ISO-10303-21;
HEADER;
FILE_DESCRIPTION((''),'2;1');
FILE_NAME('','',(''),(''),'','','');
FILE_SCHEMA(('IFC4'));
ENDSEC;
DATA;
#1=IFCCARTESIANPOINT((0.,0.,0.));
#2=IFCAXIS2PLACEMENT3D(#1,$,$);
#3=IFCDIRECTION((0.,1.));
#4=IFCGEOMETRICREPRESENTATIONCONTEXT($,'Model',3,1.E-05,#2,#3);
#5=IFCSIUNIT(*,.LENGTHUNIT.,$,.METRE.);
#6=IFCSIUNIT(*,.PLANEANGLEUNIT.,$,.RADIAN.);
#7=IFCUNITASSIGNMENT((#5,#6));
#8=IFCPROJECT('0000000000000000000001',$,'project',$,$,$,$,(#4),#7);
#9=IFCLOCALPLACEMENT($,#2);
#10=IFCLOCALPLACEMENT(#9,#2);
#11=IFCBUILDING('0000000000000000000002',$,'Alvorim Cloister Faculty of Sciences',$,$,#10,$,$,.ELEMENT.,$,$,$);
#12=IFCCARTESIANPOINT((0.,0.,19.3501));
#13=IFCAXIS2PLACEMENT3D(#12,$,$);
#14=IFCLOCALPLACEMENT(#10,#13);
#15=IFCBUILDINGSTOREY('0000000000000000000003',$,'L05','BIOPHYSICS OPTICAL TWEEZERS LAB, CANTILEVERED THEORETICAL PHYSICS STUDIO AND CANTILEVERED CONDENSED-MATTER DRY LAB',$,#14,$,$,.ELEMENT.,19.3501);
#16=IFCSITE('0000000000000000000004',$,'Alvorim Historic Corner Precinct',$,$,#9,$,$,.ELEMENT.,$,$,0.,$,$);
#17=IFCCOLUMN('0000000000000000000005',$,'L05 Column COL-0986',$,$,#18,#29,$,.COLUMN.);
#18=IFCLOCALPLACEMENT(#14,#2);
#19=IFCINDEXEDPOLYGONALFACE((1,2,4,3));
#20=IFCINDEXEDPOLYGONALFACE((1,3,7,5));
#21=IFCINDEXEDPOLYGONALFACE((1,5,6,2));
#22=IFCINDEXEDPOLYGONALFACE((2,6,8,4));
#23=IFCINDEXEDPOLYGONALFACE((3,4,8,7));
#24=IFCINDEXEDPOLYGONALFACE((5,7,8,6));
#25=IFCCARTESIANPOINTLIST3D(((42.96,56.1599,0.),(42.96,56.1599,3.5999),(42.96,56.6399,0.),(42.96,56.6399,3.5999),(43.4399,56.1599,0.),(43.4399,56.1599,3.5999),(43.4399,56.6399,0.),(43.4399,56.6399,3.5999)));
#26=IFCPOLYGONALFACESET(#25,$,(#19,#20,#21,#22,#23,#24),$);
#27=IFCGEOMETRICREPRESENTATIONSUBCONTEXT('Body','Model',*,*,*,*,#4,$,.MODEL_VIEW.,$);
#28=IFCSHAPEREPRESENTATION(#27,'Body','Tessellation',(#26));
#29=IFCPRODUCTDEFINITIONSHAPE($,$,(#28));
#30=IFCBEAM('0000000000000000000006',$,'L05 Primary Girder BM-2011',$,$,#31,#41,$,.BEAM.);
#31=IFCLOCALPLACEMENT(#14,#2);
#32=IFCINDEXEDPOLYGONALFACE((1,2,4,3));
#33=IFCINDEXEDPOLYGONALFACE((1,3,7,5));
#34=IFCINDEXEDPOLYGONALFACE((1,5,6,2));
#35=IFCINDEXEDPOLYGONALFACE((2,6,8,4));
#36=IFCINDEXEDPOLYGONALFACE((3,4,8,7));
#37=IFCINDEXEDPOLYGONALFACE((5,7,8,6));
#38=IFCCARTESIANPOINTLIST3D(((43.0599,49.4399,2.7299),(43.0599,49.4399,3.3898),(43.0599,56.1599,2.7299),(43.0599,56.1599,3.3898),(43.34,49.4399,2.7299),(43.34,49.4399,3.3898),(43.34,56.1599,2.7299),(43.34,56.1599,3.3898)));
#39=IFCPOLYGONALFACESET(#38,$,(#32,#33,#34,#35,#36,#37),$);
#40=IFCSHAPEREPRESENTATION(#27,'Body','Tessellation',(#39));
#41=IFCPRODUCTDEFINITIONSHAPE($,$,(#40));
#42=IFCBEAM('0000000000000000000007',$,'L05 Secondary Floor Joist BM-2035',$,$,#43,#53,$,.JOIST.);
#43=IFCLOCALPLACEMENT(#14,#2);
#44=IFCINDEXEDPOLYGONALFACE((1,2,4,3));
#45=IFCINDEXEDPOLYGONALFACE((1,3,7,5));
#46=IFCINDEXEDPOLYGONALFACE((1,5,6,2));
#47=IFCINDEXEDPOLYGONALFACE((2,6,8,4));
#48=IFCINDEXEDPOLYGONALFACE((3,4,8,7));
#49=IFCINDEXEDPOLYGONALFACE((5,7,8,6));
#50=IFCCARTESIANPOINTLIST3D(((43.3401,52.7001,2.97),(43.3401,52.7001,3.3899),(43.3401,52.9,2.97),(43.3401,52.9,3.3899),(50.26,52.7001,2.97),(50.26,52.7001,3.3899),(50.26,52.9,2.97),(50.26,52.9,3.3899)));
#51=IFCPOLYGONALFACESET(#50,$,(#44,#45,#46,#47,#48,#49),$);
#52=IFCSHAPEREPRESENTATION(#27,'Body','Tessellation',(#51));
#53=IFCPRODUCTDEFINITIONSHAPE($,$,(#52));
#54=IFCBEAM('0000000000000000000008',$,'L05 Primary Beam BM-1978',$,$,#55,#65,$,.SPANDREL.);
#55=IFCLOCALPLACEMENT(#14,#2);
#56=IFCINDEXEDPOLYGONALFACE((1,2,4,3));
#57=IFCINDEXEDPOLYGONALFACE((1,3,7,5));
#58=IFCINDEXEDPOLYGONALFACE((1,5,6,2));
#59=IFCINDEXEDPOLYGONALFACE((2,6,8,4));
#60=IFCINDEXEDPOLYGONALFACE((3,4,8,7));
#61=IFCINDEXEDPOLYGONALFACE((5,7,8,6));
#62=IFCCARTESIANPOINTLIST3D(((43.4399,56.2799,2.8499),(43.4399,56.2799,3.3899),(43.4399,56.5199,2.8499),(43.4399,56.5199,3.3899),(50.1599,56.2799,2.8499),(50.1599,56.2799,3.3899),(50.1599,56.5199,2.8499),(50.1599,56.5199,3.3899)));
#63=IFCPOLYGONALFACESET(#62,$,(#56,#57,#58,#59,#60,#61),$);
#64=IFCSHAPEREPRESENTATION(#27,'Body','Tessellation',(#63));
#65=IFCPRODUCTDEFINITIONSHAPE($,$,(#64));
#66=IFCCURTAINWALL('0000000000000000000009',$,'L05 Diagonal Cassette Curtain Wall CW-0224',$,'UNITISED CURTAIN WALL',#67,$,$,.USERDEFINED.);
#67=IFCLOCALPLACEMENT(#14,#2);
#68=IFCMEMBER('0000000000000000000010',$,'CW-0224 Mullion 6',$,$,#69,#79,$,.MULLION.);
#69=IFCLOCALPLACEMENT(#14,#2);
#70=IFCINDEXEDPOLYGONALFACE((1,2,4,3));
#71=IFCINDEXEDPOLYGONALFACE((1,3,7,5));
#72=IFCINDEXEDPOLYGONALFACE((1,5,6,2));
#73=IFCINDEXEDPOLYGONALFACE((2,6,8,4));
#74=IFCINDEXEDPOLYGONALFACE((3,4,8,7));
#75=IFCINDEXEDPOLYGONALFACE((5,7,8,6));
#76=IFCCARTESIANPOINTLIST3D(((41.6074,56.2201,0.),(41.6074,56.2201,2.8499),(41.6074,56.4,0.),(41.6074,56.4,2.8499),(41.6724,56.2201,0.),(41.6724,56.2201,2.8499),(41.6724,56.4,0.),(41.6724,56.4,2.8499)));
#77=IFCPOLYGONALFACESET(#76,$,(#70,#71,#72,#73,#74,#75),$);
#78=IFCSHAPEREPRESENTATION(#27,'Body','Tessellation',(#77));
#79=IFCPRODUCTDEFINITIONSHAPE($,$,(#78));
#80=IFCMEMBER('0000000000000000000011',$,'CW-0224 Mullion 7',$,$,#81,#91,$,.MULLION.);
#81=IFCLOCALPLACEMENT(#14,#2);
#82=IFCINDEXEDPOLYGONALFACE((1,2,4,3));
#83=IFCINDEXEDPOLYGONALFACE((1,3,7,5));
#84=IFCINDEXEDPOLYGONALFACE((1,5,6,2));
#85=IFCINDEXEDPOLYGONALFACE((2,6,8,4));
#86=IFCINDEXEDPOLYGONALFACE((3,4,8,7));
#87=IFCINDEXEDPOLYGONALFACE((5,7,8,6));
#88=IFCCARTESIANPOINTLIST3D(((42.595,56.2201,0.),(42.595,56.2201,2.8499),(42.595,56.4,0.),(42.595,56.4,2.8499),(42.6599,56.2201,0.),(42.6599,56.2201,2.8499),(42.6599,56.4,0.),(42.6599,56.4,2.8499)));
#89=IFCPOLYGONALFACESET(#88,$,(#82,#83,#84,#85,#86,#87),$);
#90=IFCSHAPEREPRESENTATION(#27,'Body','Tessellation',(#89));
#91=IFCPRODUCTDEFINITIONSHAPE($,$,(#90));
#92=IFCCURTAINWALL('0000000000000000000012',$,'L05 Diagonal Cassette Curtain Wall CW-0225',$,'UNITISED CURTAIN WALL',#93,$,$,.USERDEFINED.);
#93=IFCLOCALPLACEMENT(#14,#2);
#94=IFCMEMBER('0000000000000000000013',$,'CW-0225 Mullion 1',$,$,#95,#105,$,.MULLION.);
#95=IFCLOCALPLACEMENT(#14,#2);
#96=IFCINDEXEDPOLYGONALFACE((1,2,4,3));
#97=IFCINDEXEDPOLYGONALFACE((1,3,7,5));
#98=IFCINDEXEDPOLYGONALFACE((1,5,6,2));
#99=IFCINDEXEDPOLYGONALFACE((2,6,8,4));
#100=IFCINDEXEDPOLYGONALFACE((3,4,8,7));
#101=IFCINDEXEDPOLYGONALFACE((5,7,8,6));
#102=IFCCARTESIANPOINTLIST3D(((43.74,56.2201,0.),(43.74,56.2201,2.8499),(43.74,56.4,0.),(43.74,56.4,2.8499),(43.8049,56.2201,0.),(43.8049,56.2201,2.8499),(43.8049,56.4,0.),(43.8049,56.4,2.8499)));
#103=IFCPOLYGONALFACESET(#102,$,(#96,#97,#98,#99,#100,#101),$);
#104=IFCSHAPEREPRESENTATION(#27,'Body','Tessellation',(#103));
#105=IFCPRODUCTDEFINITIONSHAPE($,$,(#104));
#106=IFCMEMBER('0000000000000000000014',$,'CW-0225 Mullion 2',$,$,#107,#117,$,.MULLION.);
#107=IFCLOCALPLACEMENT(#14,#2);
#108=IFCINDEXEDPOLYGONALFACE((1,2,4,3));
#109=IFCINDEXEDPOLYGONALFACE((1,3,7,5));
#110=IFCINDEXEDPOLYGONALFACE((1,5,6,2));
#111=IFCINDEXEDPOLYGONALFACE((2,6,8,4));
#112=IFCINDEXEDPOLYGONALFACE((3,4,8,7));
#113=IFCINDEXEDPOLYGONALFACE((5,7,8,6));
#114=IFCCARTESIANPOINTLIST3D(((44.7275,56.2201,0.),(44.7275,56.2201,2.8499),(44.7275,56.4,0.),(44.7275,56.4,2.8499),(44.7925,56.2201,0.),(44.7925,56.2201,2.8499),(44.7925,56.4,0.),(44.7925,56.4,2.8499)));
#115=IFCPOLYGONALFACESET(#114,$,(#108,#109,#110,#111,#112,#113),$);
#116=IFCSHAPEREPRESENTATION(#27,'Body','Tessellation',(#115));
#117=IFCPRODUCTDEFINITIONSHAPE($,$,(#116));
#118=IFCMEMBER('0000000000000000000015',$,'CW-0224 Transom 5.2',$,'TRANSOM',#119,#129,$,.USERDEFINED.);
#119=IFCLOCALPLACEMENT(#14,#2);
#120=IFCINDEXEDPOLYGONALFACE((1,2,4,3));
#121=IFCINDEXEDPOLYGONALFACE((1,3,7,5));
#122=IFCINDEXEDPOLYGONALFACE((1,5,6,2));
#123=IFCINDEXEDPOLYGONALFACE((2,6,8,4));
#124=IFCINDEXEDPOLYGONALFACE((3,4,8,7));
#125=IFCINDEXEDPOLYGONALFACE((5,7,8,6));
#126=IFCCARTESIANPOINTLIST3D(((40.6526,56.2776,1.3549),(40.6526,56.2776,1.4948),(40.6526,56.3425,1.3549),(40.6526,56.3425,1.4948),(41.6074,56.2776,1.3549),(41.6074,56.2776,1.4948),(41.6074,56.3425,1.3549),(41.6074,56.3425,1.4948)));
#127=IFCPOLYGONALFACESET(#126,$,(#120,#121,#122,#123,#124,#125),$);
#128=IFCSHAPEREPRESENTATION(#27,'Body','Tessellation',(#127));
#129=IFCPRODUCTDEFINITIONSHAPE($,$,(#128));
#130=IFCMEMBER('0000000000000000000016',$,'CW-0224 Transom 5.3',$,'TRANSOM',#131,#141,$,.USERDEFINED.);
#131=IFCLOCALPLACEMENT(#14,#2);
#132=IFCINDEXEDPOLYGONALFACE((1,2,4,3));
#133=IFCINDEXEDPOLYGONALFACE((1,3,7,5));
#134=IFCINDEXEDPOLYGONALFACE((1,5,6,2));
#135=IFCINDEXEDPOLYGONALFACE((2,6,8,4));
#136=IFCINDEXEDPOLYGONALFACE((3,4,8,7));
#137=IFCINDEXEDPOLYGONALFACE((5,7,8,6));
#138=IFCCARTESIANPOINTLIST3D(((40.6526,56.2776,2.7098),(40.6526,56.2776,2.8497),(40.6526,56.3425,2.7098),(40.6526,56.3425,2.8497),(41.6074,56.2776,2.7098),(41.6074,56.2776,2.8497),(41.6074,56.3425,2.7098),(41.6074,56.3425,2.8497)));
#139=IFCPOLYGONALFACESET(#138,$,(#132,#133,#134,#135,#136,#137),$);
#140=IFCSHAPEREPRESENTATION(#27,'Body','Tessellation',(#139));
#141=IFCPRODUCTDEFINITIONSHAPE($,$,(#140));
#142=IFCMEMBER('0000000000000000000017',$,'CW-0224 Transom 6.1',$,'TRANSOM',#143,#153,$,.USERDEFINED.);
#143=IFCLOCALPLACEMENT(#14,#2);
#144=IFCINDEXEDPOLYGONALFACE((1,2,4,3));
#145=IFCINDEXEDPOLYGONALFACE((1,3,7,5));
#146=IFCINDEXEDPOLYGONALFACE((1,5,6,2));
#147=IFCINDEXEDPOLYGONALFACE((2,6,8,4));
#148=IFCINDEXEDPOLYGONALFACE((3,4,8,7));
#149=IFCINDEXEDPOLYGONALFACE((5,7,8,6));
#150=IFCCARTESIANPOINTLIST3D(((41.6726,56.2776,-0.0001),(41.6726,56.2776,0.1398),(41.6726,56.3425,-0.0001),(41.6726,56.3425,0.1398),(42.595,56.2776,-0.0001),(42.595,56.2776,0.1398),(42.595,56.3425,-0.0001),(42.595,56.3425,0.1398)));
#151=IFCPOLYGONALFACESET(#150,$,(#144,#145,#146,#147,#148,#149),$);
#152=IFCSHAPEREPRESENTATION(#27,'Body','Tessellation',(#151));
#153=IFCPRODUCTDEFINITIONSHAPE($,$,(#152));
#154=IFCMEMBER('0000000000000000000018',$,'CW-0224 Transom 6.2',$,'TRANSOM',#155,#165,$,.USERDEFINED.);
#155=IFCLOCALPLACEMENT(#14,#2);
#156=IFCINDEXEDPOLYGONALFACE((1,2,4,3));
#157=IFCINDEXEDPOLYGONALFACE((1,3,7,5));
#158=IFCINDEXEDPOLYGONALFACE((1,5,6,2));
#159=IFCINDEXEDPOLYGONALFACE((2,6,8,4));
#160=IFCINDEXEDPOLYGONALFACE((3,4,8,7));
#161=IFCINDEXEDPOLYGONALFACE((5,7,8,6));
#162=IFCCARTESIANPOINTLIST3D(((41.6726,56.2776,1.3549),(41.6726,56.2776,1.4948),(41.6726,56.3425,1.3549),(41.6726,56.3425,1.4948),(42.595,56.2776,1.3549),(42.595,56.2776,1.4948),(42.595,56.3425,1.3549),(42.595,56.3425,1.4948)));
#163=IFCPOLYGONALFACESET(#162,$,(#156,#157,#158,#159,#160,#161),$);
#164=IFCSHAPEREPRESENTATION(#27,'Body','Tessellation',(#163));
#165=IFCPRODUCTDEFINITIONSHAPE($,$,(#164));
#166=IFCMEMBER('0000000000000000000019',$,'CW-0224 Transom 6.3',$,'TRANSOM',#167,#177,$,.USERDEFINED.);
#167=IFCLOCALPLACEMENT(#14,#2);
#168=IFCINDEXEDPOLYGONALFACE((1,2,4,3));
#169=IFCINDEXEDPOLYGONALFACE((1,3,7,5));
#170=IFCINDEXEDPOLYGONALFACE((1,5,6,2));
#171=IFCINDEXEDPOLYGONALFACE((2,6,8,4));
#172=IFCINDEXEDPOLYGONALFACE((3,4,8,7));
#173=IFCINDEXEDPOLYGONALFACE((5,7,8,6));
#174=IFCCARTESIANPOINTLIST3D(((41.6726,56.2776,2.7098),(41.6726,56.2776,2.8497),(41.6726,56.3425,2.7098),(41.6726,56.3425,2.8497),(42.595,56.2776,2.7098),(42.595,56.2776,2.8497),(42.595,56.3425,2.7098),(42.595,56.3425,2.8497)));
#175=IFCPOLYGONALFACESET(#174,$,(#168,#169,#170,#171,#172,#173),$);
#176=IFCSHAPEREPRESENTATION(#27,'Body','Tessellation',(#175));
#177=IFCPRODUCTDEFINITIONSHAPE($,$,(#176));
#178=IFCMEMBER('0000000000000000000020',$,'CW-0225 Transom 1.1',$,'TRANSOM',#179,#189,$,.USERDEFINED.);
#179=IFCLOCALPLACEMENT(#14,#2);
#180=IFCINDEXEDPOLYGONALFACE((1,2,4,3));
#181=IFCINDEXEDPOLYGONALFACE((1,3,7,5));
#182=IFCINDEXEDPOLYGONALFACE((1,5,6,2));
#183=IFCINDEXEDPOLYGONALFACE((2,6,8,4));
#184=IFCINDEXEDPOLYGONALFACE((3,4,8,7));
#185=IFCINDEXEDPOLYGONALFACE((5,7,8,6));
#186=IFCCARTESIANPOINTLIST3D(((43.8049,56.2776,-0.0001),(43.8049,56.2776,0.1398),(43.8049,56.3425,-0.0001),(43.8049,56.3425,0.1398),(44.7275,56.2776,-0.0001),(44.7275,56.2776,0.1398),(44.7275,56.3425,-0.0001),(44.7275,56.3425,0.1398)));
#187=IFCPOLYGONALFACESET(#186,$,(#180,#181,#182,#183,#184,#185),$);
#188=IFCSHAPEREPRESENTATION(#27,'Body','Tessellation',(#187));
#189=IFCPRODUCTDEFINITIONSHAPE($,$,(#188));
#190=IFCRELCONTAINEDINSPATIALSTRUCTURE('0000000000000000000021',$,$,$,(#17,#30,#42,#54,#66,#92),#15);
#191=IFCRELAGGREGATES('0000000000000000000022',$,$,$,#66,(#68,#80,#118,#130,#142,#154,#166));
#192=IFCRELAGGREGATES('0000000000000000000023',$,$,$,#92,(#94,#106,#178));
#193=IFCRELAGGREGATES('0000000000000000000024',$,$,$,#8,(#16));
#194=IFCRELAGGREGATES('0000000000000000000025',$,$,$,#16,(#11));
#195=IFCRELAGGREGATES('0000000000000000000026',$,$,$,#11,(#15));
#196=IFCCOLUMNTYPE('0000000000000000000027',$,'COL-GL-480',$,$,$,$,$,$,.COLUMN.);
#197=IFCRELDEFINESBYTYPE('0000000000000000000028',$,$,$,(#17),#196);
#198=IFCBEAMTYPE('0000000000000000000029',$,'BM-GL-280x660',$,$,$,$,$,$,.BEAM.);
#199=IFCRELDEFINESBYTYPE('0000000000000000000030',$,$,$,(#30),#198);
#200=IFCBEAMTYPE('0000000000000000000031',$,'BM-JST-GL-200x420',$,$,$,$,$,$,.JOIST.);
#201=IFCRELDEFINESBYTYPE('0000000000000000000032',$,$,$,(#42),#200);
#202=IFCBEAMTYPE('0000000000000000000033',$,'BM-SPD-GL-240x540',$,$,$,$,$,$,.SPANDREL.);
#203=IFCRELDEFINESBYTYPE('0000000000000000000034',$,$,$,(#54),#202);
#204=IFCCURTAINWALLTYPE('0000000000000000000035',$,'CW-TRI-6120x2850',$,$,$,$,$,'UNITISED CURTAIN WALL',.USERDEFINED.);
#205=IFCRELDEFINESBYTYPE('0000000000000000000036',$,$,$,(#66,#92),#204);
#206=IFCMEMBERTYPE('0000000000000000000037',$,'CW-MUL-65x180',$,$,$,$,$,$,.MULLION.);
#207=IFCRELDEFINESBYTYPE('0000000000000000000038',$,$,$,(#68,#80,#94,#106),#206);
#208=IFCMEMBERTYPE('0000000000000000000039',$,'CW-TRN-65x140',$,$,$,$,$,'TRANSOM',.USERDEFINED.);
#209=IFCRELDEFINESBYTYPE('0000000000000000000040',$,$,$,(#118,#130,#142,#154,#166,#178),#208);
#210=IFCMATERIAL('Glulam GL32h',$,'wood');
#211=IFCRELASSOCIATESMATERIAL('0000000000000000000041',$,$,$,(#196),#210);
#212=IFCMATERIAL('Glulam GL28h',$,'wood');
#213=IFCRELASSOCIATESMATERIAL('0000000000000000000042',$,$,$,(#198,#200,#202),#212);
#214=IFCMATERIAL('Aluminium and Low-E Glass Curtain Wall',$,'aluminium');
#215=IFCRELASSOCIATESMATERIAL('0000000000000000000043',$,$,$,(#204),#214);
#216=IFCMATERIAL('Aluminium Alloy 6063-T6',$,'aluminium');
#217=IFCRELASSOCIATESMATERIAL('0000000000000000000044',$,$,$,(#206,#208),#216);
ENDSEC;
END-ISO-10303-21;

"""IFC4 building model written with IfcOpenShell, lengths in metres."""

from ifc_helpers import new_model, si_unit, direction, frame, origin, origin_2d, place, context, subcontext, project, spatial, rectangle, extrude, material, material_profile, profile_set, type_object, element, aggregate, save


model = new_model("IFC4")

# Units and contexts
model_context = context("Model", 3, precision=1e-05, world=origin(), true_north=direction((0.0, 1.0)))
body_context = subcontext(model_context, "Body", "Model", "MODEL_VIEW")
ifc_project = project(units=[si_unit("LENGTHUNIT", "METRE"), si_unit("PLANEANGLEUNIT", "RADIAN")], contexts=[model_context])

# Site, building, storey
site_placement = place(None, origin())
site = spatial("IfcSite", under=ifc_project, at=site_placement, Name="Alvorim Historic Corner Precinct", CompositionType="ELEMENT", RefElevation=0.0)
building_placement = place(site_placement, origin())
building = spatial("IfcBuilding", under=site, at=building_placement, Name="Alvorim Cloister Faculty of Sciences", CompositionType="ELEMENT")
storey_placement = place(building_placement, frame((0.0, 0.0, 19.3501)))
storey = spatial("IfcBuildingStorey", under=building, at=storey_placement, Name="L05", Description="BIOPHYSICS OPTICAL TWEEZERS LAB, CANTILEVERED THEORETICAL PHYSICS STUDIO AND CANTILEVERED CONDENSED-MATTER DRY LAB", CompositionType="ELEMENT", Elevation=19.3501)

# Column
ifc_material_1 = material(Name="Glulam GL32h", Category="wood")
ifc_material_profile_1 = material_profile(ifc_material_1, rectangle(XDim=0.48, YDim=0.48, at=origin_2d()), Name="GL32-COL-480x480")
ifc_profile_set_1 = profile_set([ifc_material_profile_1], Name="Glulam GL32h")
column_type = type_object("IfcColumnType", Name="COL-GL-480", PredefinedType="COLUMN", material=ifc_profile_set_1)
column_placement = place(storey_placement, frame((43.2, 56.3999, 0.0), z_axis=(0.0, 0.0, 1.0), x_axis=(1.0, 0.0, 0.0)))
element("IfcColumn", 1, at=column_placement, inside=storey, type_object=column_type, Name="L05 Column COL-0986", PredefinedType="COLUMN", context=body_context, shape_type="SweptSolid", body=[
    extrude(rectangle(XDim=0.48, YDim=0.48, at=origin_2d()), origin(), (0.0, 0.0, 1.0), 3.5999),
])

# Beams
ifc_material_2 = material(Name="Glulam GL28h", Category="wood")
ifc_material_profile_2 = material_profile(ifc_material_2, rectangle(XDim=0.28, YDim=0.6599, at=origin_2d()), Name="GL28-BM-280x660")
ifc_profile_set_2 = profile_set([ifc_material_profile_2], Name="Glulam GL28h")
beam_type_1 = type_object("IfcBeamType", Name="BM-GL-280x660", PredefinedType="BEAM", material=ifc_profile_set_2)
beam_1_placement = place(storey_placement, frame((43.2, 49.4399, 3.0598), z_axis=(0.0, 1.0, 0.0), x_axis=(-1.0, 0.0, 0.0)))
element("IfcBeam", 2, at=beam_1_placement, inside=storey, type_object=beam_type_1, Name="L05 Primary Girder BM-2011", PredefinedType="BEAM", context=body_context, shape_type="SweptSolid", body=[
    extrude(rectangle(XDim=0.28, YDim=0.6599, at=origin_2d()), origin(), (0.0, 0.0, 1.0), 6.72),
])
ifc_material_profile_3 = material_profile(ifc_material_2, rectangle(XDim=0.2, YDim=0.4199, at=origin_2d()), Name="GL28-JST-200x420")
ifc_profile_set_3 = profile_set([ifc_material_profile_3], Name="Glulam GL28h")
beam_type_2 = type_object("IfcBeamType", Name="BM-JST-GL-200x420", PredefinedType="JOIST", material=ifc_profile_set_3)
beam_2_placement = place(storey_placement, frame((43.3401, 52.8, 3.1799), z_axis=(1.0, 0.0, 0.0), x_axis=(0.0, 1.0, 0.0)))
element("IfcBeam", 3, at=beam_2_placement, inside=storey, type_object=beam_type_2, Name="L05 Secondary Floor Joist BM-2035", PredefinedType="JOIST", context=body_context, shape_type="SweptSolid", body=[
    extrude(rectangle(XDim=0.2, YDim=0.4199, at=origin_2d()), origin(), (0.0, 0.0, 1.0), 6.9199),
])
ifc_material_profile_4 = material_profile(ifc_material_2, rectangle(XDim=0.24, YDim=0.54, at=origin_2d()), Name="GL28-SPD-240x540")
ifc_profile_set_4 = profile_set([ifc_material_profile_4], Name="Glulam GL28h")
beam_type_3 = type_object("IfcBeamType", Name="BM-SPD-GL-240x540", PredefinedType="SPANDREL", material=ifc_profile_set_4)
beam_3_placement = place(storey_placement, frame((43.4399, 56.3999, 3.1199), z_axis=(1.0, 0.0, 0.0), x_axis=(0.0, 1.0, 0.0)))
element("IfcBeam", 4, at=beam_3_placement, inside=storey, type_object=beam_type_3, Name="L05 Primary Beam BM-1978", PredefinedType="SPANDREL", context=body_context, shape_type="SweptSolid", body=[
    extrude(rectangle(XDim=0.24, YDim=0.54, at=origin_2d()), origin(), (0.0, 0.0, 1.0), 6.72),
])

# Curtain walls, members
ifc_material_3 = material(Name="Aluminium and Low-E Glass Curtain Wall", Category="aluminium")
curtain_wall_type = type_object("IfcCurtainWallType", Name="CW-TRI-6120x2850", ElementType="UNITISED CURTAIN WALL", PredefinedType="USERDEFINED", material=ifc_material_3)
curtain_wall_1_placement = place(storey_placement, origin())
curtain_wall_1 = element("IfcCurtainWall", 5, at=curtain_wall_1_placement, inside=storey, type_object=curtain_wall_type, Name="L05 Diagonal Cassette Curtain Wall CW-0224", ObjectType="UNITISED CURTAIN WALL", PredefinedType="USERDEFINED")
ifc_material_4 = material(Name="Aluminium Alloy 6063-T6", Category="aluminium")
ifc_material_profile_5 = material_profile(ifc_material_4, rectangle(XDim=0.0649, YDim=0.1799, at=origin_2d()), Name="ALU-MUL-65x180")
ifc_profile_set_5 = profile_set([ifc_material_profile_5], Name="Aluminium Alloy 6063-T6")
member_type_1 = type_object("IfcMemberType", Name="CW-MUL-65x180", PredefinedType="MULLION", material=ifc_profile_set_5)
member_1_placement = place(storey_placement, frame((41.6399, 56.3101, 0.0), z_axis=(0.0, 0.0, 1.0), x_axis=(1.0, 0.0, 0.0)))
member_1 = element("IfcMember", 6, at=member_1_placement, type_object=member_type_1, Name="CW-0224 Mullion 6", PredefinedType="MULLION", context=body_context, shape_type="SweptSolid", body=[
    extrude(rectangle(XDim=0.0649, YDim=0.1799, at=origin_2d()), origin(), (0.0, 0.0, 1.0), 2.8499),
])
member_2_placement = place(storey_placement, frame((42.6274, 56.3101, 0.0), z_axis=(0.0, 0.0, 1.0), x_axis=(1.0, 0.0, 0.0)))
member_2 = element("IfcMember", 7, at=member_2_placement, type_object=member_type_1, Name="CW-0224 Mullion 7", PredefinedType="MULLION", context=body_context, shape_type="SweptSolid", body=[
    extrude(rectangle(XDim=0.0649, YDim=0.1799, at=origin_2d()), origin(), (0.0, 0.0, 1.0), 2.8499),
])
curtain_wall_2_placement = place(storey_placement, origin())
curtain_wall_2 = element("IfcCurtainWall", 8, at=curtain_wall_2_placement, inside=storey, type_object=curtain_wall_type, Name="L05 Diagonal Cassette Curtain Wall CW-0225", ObjectType="UNITISED CURTAIN WALL", PredefinedType="USERDEFINED")
member_3_placement = place(storey_placement, frame((43.7725, 56.3101, 0.0), z_axis=(0.0, 0.0, 1.0), x_axis=(1.0, 0.0, 0.0)))
member_3 = element("IfcMember", 9, at=member_3_placement, type_object=member_type_1, Name="CW-0225 Mullion 1", PredefinedType="MULLION", context=body_context, shape_type="SweptSolid", body=[
    extrude(rectangle(XDim=0.0649, YDim=0.1799, at=origin_2d()), origin(), (0.0, 0.0, 1.0), 2.8499),
])
member_4_placement = place(storey_placement, frame((44.76, 56.3101, 0.0), z_axis=(0.0, 0.0, 1.0), x_axis=(1.0, 0.0, 0.0)))
member_4 = element("IfcMember", 10, at=member_4_placement, type_object=member_type_1, Name="CW-0225 Mullion 2", PredefinedType="MULLION", context=body_context, shape_type="SweptSolid", body=[
    extrude(rectangle(XDim=0.0649, YDim=0.1799, at=origin_2d()), origin(), (0.0, 0.0, 1.0), 2.8499),
])

# Members
ifc_material_profile_6 = material_profile(ifc_material_4, rectangle(XDim=0.0649, YDim=0.1399, at=origin_2d()), Name="ALU-TRN-65x140")
ifc_profile_set_6 = profile_set([ifc_material_profile_6], Name="Aluminium Alloy 6063-T6")
member_type_2 = type_object("IfcMemberType", Name="CW-TRN-65x140", ElementType="TRANSOM", PredefinedType="USERDEFINED", material=ifc_profile_set_6)
member_5_placement = place(storey_placement, frame((40.6526, 56.3101, 1.4248), z_axis=(1.0, 0.0, 0.0), x_axis=(0.0, 1.0, 0.0)))
member_5 = element("IfcMember", 11, at=member_5_placement, type_object=member_type_2, Name="CW-0224 Transom 5.2", ObjectType="TRANSOM", PredefinedType="USERDEFINED", context=body_context, shape_type="SweptSolid", body=[
    extrude(rectangle(XDim=0.0649, YDim=0.1399, at=origin_2d()), origin(), (0.0, 0.0, 1.0), 0.9548),
])
member_6_placement = place(storey_placement, frame((40.6526, 56.3101, 2.7798), z_axis=(1.0, 0.0, 0.0), x_axis=(0.0, 1.0, 0.0)))
member_6 = element("IfcMember", 12, at=member_6_placement, type_object=member_type_2, Name="CW-0224 Transom 5.3", ObjectType="TRANSOM", PredefinedType="USERDEFINED", context=body_context, shape_type="SweptSolid", body=[
    extrude(rectangle(XDim=0.0649, YDim=0.1399, at=origin_2d()), origin(), (0.0, 0.0, 1.0), 0.9548),
])
member_7_placement = place(storey_placement, frame((41.6726, 56.3101, 0.0698), z_axis=(1.0, 0.0, 0.0), x_axis=(0.0, 1.0, 0.0)))
member_7 = element("IfcMember", 13, at=member_7_placement, type_object=member_type_2, Name="CW-0224 Transom 6.1", ObjectType="TRANSOM", PredefinedType="USERDEFINED", context=body_context, shape_type="SweptSolid", body=[
    extrude(rectangle(XDim=0.0649, YDim=0.1399, at=origin_2d()), origin(), (0.0, 0.0, 1.0), 0.9224),
])
member_8_placement = place(storey_placement, frame((41.6726, 56.3101, 1.4248), z_axis=(1.0, 0.0, 0.0), x_axis=(0.0, 1.0, 0.0)))
member_8 = element("IfcMember", 14, at=member_8_placement, type_object=member_type_2, Name="CW-0224 Transom 6.2", ObjectType="TRANSOM", PredefinedType="USERDEFINED", context=body_context, shape_type="SweptSolid", body=[
    extrude(rectangle(XDim=0.0649, YDim=0.1399, at=origin_2d()), origin(), (0.0, 0.0, 1.0), 0.9224),
])
member_9_placement = place(storey_placement, frame((41.6726, 56.3101, 2.7798), z_axis=(1.0, 0.0, 0.0), x_axis=(0.0, 1.0, 0.0)))
member_9 = element("IfcMember", 15, at=member_9_placement, type_object=member_type_2, Name="CW-0224 Transom 6.3", ObjectType="TRANSOM", PredefinedType="USERDEFINED", context=body_context, shape_type="SweptSolid", body=[
    extrude(rectangle(XDim=0.0649, YDim=0.1399, at=origin_2d()), origin(), (0.0, 0.0, 1.0), 0.9224),
])
member_10_placement = place(storey_placement, frame((43.8049, 56.3101, 0.0698), z_axis=(1.0, 0.0, 0.0), x_axis=(0.0, 1.0, 0.0)))
member_10 = element("IfcMember", 16, at=member_10_placement, type_object=member_type_2, Name="CW-0225 Transom 1.1", ObjectType="TRANSOM", PredefinedType="USERDEFINED", context=body_context, shape_type="SweptSolid", body=[
    extrude(rectangle(XDim=0.0649, YDim=0.1399, at=origin_2d()), origin(), (0.0, 0.0, 1.0), 0.9226),
])

aggregate(curtain_wall_1, [member_1, member_2, member_5, member_6, member_7, member_8, member_9])
aggregate(curtain_wall_2, [member_3, member_4, member_10])

save(model, "model.ifc")
